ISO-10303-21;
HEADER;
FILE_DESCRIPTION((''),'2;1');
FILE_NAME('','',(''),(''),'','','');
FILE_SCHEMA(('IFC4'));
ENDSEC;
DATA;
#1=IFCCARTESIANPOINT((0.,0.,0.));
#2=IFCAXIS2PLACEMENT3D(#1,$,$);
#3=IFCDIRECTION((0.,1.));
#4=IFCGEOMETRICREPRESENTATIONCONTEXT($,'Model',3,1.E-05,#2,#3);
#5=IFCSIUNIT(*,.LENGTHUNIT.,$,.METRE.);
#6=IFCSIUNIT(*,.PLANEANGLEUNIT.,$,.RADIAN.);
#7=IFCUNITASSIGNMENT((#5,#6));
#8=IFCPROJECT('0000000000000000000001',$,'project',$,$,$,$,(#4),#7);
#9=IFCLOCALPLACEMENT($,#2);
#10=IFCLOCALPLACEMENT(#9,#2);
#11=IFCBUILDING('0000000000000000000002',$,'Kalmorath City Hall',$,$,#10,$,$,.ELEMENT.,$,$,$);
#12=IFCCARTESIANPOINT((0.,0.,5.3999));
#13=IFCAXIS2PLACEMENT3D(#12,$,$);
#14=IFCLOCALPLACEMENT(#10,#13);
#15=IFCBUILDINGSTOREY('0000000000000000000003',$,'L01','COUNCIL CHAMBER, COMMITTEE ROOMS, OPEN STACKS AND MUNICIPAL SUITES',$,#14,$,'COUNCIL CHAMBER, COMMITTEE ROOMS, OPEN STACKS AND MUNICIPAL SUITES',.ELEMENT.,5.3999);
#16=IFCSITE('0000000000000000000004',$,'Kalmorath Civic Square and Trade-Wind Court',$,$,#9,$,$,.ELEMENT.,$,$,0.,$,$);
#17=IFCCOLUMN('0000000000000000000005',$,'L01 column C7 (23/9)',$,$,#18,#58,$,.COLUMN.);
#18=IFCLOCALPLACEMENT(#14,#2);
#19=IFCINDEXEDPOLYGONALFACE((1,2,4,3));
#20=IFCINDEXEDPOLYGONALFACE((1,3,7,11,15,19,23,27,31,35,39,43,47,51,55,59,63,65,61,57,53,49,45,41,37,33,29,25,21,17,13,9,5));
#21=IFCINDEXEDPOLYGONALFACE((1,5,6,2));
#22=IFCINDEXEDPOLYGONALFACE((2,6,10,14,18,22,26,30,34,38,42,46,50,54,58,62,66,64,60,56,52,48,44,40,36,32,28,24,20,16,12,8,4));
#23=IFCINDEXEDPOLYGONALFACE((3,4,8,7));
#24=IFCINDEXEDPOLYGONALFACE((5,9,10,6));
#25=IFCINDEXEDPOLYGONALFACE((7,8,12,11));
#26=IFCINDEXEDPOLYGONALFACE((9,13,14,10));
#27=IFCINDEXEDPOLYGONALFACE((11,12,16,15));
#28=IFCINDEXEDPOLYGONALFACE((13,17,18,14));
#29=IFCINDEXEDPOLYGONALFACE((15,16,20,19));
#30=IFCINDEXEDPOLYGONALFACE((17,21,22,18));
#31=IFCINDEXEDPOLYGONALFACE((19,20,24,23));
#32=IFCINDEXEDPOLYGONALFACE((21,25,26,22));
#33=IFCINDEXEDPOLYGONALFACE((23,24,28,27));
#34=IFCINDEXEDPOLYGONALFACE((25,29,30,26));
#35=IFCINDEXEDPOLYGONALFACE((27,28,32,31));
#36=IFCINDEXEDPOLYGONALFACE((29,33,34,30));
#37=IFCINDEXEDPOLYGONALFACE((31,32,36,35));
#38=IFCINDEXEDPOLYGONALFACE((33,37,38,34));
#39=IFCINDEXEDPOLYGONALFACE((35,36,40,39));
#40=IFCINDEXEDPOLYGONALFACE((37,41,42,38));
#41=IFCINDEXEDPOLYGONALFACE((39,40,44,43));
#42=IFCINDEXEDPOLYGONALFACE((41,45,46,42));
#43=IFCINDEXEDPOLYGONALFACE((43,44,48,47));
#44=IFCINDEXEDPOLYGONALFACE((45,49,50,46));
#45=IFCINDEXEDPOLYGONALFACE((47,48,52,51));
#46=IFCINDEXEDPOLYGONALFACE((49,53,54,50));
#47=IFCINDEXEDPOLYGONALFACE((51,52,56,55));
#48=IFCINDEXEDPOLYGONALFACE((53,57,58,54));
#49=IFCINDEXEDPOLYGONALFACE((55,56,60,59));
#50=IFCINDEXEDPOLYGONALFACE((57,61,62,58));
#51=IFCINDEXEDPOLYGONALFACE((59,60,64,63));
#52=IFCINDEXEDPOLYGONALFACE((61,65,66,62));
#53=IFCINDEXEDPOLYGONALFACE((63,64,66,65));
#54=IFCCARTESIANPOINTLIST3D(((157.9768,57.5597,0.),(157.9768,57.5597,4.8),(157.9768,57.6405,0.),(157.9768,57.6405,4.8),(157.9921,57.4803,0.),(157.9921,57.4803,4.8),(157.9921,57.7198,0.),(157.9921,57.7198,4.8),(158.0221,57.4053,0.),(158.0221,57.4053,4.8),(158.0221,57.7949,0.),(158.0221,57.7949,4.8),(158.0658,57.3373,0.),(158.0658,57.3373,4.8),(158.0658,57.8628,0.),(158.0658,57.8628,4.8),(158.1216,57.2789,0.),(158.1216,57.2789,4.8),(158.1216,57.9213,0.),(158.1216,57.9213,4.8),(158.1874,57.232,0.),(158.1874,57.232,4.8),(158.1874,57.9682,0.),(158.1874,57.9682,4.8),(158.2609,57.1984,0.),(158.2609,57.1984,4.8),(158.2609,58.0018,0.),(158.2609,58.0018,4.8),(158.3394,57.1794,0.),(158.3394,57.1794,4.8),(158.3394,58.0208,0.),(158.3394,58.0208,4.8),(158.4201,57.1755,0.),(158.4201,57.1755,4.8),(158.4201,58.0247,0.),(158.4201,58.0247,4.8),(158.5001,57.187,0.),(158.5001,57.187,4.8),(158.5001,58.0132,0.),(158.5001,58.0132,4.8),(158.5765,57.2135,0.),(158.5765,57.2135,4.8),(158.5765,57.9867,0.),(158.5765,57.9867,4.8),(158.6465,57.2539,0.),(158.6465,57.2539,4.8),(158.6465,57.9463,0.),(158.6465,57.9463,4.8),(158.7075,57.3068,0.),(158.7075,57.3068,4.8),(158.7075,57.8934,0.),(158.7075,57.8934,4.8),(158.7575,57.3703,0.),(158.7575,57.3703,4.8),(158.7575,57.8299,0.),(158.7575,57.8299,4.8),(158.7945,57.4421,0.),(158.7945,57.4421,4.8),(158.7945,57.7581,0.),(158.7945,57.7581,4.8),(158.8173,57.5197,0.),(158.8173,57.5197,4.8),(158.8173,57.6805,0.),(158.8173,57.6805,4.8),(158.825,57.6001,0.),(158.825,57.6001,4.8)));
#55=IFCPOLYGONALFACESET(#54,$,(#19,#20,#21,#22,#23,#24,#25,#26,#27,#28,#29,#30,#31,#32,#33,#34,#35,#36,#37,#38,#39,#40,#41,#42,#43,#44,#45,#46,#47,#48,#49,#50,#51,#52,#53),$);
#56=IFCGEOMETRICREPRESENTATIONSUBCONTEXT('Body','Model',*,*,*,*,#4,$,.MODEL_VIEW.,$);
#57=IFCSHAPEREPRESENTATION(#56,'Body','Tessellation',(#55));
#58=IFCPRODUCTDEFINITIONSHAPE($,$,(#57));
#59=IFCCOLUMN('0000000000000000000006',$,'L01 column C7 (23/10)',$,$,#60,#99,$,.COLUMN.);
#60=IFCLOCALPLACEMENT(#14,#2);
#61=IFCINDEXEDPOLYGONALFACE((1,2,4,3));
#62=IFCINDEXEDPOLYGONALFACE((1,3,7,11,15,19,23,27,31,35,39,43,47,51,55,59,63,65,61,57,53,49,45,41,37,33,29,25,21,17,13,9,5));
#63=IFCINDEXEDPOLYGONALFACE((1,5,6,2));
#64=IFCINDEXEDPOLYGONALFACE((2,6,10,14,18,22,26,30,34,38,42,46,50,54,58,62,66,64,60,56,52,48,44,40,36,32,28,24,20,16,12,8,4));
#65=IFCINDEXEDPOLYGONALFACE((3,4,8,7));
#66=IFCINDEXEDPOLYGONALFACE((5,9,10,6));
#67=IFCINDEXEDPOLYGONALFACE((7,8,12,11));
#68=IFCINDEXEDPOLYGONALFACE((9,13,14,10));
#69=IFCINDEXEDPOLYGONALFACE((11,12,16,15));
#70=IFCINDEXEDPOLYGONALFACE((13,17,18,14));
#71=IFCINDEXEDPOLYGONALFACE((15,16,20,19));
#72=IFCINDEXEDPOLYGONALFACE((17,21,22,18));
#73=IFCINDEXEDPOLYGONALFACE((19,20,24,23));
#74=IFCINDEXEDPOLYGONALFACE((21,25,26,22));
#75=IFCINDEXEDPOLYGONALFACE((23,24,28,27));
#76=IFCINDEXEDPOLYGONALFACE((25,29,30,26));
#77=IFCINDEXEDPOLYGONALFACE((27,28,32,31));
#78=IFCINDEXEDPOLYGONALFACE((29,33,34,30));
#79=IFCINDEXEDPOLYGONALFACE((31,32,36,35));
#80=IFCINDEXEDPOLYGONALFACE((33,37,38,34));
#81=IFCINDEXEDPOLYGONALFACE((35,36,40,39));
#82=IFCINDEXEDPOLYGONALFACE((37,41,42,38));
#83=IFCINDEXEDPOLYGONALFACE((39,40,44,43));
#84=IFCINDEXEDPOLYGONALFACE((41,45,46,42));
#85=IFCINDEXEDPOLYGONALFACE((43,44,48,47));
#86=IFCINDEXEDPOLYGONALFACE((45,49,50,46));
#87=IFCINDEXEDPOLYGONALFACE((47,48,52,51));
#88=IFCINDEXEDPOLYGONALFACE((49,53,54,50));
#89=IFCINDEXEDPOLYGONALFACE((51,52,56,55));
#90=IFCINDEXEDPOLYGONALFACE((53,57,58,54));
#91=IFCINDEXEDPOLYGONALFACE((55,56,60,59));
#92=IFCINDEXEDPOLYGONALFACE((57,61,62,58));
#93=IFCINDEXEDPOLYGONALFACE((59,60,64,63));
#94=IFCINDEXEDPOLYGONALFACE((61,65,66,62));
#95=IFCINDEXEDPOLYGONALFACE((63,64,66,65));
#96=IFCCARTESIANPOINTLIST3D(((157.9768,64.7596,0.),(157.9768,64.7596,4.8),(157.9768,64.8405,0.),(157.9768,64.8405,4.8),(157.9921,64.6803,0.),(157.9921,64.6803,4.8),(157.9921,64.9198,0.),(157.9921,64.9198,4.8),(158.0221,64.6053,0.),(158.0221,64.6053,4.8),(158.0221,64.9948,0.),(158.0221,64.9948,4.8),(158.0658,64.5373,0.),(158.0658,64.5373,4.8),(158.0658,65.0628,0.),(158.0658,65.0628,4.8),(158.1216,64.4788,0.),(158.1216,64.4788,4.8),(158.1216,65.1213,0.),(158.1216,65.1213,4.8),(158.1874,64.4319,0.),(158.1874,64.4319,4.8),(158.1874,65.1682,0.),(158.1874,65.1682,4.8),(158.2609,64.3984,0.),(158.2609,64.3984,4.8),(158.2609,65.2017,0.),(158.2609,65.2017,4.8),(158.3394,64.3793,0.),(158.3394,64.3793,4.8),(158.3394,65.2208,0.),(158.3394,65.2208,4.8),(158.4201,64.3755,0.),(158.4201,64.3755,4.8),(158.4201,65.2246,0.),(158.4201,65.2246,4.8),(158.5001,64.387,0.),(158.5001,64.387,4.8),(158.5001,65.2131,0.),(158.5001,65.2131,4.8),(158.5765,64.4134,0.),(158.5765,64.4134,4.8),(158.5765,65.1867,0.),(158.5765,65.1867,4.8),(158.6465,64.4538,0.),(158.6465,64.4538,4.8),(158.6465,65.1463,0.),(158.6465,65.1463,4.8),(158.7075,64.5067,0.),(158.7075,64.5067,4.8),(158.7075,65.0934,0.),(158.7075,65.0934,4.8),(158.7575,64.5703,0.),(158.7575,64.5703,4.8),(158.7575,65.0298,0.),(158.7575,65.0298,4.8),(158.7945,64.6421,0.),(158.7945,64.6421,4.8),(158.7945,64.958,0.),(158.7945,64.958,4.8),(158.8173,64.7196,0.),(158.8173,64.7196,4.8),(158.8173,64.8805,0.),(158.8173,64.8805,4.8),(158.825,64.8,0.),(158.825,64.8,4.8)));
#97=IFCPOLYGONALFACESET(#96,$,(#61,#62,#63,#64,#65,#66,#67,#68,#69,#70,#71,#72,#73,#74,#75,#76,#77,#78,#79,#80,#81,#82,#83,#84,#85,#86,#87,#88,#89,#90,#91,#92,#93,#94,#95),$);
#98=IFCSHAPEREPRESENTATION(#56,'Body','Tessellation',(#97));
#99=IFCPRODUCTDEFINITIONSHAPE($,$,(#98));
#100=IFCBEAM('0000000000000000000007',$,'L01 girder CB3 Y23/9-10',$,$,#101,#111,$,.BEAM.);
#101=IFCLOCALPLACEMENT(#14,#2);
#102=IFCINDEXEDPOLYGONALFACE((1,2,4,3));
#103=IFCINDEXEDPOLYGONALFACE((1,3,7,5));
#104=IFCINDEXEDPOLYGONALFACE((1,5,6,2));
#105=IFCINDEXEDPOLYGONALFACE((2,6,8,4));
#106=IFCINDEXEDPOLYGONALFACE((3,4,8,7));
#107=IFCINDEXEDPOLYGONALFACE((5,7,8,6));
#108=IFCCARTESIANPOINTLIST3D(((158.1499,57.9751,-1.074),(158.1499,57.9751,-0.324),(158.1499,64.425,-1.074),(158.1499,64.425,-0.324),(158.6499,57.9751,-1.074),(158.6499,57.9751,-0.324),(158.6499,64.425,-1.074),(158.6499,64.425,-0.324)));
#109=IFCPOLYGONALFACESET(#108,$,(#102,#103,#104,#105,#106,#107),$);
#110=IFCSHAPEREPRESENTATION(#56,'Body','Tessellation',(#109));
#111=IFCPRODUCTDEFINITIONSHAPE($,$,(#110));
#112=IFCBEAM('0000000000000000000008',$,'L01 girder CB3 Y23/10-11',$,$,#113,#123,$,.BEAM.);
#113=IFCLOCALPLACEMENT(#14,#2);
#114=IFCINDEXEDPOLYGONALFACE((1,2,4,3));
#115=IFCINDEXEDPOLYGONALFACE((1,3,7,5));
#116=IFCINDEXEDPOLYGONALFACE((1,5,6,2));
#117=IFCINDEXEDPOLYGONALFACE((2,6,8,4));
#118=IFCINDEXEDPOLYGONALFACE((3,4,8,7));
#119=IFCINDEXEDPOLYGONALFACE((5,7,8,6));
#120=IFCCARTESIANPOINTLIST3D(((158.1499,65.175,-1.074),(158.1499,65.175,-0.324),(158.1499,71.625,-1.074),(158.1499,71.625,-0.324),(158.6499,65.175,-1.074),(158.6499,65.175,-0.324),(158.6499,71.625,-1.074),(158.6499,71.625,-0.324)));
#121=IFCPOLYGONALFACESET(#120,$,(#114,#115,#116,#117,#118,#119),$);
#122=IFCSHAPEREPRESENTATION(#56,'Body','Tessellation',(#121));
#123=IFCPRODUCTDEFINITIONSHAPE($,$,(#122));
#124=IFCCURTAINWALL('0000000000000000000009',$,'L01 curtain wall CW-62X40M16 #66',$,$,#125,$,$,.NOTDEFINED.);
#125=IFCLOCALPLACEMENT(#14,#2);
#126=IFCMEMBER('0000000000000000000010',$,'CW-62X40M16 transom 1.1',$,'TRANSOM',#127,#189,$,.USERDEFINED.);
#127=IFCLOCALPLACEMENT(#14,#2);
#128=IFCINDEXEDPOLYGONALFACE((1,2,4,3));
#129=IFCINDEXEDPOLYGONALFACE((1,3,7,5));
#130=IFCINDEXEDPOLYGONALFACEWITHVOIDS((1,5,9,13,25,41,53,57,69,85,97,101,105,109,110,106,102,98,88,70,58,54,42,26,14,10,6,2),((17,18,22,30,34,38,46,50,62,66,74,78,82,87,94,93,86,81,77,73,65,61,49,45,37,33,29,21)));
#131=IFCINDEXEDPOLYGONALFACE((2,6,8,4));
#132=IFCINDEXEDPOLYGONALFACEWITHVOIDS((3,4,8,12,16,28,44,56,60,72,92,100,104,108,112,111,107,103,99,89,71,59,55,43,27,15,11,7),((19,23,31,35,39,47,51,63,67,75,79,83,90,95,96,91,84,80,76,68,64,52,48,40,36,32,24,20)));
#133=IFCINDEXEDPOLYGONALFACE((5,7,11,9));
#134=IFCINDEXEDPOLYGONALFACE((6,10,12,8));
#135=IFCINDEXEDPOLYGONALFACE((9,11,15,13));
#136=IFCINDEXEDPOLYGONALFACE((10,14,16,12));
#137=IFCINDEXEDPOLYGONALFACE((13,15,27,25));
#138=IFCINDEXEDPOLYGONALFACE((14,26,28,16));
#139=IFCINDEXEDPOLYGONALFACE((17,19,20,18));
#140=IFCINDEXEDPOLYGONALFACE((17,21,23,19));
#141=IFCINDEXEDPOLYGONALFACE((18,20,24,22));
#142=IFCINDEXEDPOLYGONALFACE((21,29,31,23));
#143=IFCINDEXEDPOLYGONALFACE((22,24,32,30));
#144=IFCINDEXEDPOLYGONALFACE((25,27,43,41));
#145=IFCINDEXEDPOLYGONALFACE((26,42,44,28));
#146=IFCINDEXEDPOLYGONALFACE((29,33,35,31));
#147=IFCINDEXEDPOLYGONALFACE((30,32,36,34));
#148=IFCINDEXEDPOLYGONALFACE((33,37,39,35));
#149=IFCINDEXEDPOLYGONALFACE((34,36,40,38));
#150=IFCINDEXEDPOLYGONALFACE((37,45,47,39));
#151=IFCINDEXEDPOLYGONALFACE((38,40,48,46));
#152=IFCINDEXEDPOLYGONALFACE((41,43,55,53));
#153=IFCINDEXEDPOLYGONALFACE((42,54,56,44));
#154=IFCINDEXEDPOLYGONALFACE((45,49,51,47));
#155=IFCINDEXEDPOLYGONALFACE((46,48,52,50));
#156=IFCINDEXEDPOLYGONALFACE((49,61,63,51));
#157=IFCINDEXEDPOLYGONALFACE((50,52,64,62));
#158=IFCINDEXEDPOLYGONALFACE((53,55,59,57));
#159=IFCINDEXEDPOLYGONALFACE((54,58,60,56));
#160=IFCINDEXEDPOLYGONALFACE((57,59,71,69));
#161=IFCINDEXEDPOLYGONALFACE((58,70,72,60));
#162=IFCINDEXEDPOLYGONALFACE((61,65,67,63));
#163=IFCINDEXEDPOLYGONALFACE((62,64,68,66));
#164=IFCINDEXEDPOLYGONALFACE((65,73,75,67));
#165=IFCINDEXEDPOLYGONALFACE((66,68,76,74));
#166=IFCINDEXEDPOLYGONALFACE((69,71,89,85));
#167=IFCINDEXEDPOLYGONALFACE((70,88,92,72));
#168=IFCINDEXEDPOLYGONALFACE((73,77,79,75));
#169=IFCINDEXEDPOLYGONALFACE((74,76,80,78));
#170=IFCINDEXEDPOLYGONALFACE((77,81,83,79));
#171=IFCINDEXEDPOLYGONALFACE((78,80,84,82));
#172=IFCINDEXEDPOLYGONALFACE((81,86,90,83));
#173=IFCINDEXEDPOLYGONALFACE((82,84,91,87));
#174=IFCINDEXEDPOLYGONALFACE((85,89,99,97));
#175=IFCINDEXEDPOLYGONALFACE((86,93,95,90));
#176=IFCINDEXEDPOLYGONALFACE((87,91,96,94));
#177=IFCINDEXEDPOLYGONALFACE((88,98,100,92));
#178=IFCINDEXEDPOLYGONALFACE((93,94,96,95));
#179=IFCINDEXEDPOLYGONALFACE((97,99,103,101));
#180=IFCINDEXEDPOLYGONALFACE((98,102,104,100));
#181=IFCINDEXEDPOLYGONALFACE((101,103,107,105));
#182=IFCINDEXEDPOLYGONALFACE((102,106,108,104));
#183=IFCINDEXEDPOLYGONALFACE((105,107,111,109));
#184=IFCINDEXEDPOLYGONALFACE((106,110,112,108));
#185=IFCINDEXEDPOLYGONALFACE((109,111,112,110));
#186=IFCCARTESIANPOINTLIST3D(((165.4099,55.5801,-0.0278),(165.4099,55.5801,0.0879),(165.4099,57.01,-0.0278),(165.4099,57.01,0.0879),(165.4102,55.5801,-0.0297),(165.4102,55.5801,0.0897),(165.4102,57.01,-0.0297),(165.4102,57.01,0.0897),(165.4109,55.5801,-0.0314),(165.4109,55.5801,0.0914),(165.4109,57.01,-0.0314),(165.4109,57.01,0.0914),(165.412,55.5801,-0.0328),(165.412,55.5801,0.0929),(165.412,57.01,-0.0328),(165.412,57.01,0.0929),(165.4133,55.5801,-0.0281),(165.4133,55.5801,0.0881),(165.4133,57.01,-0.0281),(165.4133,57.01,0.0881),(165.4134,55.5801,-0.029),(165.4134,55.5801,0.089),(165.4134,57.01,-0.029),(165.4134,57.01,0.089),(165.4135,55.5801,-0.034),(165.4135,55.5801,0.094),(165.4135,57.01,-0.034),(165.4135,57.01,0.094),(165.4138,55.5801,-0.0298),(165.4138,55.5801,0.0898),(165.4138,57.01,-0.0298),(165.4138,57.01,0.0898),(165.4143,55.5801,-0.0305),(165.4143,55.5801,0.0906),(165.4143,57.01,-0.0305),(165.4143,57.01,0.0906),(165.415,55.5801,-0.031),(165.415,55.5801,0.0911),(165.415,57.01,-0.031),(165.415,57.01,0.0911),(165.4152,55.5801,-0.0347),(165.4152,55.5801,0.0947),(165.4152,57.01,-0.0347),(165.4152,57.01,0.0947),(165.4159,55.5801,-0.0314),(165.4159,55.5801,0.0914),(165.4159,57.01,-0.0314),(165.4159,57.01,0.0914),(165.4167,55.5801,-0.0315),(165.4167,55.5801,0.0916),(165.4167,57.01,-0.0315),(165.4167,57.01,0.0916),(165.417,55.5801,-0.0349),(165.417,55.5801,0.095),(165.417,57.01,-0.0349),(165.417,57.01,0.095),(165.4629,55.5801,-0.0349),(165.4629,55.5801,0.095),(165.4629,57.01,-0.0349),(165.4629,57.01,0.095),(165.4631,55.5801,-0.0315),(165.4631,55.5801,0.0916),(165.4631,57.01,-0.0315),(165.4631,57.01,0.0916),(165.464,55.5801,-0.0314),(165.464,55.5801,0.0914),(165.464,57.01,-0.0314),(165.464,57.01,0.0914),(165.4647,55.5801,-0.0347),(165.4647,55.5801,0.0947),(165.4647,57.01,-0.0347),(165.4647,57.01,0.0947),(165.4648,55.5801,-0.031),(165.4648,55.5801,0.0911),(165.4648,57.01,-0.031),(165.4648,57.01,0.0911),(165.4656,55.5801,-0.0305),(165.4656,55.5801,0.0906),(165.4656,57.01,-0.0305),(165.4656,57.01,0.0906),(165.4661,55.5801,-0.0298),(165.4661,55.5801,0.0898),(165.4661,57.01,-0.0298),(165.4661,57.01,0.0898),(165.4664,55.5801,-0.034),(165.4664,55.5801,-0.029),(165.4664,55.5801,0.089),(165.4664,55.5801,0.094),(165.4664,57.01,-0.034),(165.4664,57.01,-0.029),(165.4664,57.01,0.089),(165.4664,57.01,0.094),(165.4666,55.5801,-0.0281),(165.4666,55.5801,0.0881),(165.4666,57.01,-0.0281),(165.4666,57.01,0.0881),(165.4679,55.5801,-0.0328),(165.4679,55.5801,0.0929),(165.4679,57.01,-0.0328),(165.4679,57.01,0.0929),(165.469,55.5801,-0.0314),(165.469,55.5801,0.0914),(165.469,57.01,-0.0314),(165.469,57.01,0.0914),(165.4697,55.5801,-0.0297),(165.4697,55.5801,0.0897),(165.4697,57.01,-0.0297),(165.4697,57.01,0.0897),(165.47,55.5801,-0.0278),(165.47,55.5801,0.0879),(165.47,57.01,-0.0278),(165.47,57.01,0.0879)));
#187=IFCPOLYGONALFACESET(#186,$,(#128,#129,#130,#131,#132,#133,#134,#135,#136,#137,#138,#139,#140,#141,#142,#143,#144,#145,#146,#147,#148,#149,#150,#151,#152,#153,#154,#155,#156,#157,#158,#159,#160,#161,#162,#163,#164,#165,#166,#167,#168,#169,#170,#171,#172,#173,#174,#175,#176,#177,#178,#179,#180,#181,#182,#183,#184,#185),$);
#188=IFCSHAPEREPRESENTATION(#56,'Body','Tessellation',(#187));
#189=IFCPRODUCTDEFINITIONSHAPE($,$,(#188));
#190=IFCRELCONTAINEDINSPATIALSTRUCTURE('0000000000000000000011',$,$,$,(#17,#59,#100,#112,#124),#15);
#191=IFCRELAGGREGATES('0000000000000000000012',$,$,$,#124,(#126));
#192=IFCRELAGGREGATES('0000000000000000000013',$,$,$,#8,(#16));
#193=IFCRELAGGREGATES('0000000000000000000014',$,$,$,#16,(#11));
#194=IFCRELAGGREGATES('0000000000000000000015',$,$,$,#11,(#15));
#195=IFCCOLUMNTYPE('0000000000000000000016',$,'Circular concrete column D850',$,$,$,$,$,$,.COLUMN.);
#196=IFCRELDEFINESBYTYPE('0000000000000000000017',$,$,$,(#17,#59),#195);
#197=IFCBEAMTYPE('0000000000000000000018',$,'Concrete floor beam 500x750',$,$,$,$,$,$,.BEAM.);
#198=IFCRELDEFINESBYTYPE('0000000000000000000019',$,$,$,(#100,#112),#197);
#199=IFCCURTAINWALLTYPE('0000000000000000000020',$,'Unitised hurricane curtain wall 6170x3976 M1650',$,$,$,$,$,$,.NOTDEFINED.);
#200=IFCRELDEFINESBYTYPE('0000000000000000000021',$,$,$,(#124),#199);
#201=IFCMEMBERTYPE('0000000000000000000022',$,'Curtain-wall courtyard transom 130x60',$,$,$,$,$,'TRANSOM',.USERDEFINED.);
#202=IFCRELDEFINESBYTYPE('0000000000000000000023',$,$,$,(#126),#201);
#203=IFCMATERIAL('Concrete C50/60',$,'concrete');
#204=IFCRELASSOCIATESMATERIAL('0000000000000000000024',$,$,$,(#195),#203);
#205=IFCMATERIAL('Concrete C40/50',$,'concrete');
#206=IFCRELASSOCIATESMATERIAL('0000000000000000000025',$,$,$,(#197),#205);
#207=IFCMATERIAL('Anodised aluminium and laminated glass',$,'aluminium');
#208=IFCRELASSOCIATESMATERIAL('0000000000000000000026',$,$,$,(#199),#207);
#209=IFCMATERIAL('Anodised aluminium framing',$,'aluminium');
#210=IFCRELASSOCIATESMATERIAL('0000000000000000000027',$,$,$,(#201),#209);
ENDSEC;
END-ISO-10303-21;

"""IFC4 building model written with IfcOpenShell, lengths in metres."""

from ifc_helpers import new_model, si_unit, direction, frame, origin, origin_2d, place, context, subcontext, project, spatial, rectangle, hollow_rectangle, circle, extrude, material, material_profile, profile_set, type_object, element, aggregate, save


model = new_model("IFC4")

# Units and contexts
model_context = context("Model", 3, precision=1e-05, world=origin(), true_north=direction((0.0, 1.0)))
body_context = subcontext(model_context, "Body", "Model", "MODEL_VIEW")
ifc_project = project(units=[si_unit("LENGTHUNIT", "METRE"), si_unit("PLANEANGLEUNIT", "RADIAN")], contexts=[model_context])

# Site, building, storey
site_placement = place(None, origin())
site = spatial("IfcSite", under=ifc_project, at=site_placement, Name="Kalmorath Civic Square and Trade-Wind Court", CompositionType="ELEMENT", RefElevation=0.0)
building_placement = place(site_placement, origin())
building = spatial("IfcBuilding", under=site, at=building_placement, Name="Kalmorath City Hall", CompositionType="ELEMENT")
storey_placement = place(building_placement, frame((0.0, 0.0, 5.3999)))
storey = spatial("IfcBuildingStorey", under=building, at=storey_placement, Name="L01", Description="COUNCIL CHAMBER, COMMITTEE ROOMS, OPEN STACKS AND MUNICIPAL SUITES", LongName="COUNCIL CHAMBER, COMMITTEE ROOMS, OPEN STACKS AND MUNICIPAL SUITES", CompositionType="ELEMENT", Elevation=5.3999)

# Columns
ifc_material_1 = material(Name="Concrete C50/60", Category="concrete")
ifc_material_profile_1 = material_profile(ifc_material_1, circle(Radius=0.425, at=origin_2d()), Name="RC-COL-D850")
ifc_profile_set_1 = profile_set([ifc_material_profile_1], Name="Concrete C50/60")
column_type = type_object("IfcColumnType", Name="Circular concrete column D850", PredefinedType="COLUMN", material=ifc_profile_set_1)
for number, where, z_axis, x_axis, name in (
    (1, (158.3999, 57.6001, 0.0), (0.0, 0.0, 1.0), (1.0, 0.0, 0.0), "L01 column C7 (23/9)"),
    (2, (158.3999, 64.8, 0.0), (0.0, 0.0, 1.0), (1.0, 0.0, 0.0), "L01 column C7 (23/10)"),
):
    element("IfcColumn", number, at=place(storey_placement, frame(where, z_axis=z_axis, x_axis=x_axis)), inside=storey, type_object=column_type, Name=name, PredefinedType="COLUMN", context=body_context, shape_type="SweptSolid", body=[
        extrude(circle(Radius=0.425, at=origin_2d()), origin(), (0.0, 0.0, 1.0), 4.8),
    ])

# Beams
ifc_material_2 = material(Name="Concrete C40/50", Category="concrete")
ifc_material_profile_2 = material_profile(ifc_material_2, rectangle(XDim=0.5, YDim=0.75, at=origin_2d()), Name="RC-BM-500X750")
ifc_profile_set_2 = profile_set([ifc_material_profile_2], Name="Concrete C40/50")
beam_type_1 = type_object("IfcBeamType", Name="Concrete floor beam 500x750", PredefinedType="BEAM", material=ifc_profile_set_2)
for number, where, z_axis, x_axis, name in (
    (3, (158.3999, 57.9751, -0.699), (0.0, 1.0, 0.0), (-1.0, 0.0, 0.0), "L01 girder CB3 Y23/9-10"),
    (4, (158.3999, 65.175, -0.699), (0.0, 1.0, 0.0), (-1.0, 0.0, 0.0), "L01 girder CB3 Y23/10-11"),
):
    element("IfcBeam", number, at=place(storey_placement, frame(where, z_axis=z_axis, x_axis=x_axis)), inside=storey, type_object=beam_type_1, Name=name, PredefinedType="BEAM", context=body_context, shape_type="SweptSolid", body=[
        extrude(rectangle(XDim=0.5, YDim=0.75, at=origin_2d()), origin(), (0.0, 0.0, 1.0), 6.45),
    ])

# Curtain wall, member
ifc_material_3 = material(Name="Anodised aluminium and laminated glass", Category="aluminium")
curtain_wall_type = type_object("IfcCurtainWallType", Name="Unitised hurricane curtain wall 6170x3976 M1650", PredefinedType="NOTDEFINED", material=ifc_material_3)
curtain_wall_1_placement = place(storey_placement, origin())
curtain_wall_1 = element("IfcCurtainWall", 5, at=curtain_wall_1_placement, inside=storey, type_object=curtain_wall_type, Name="L01 curtain wall CW-62X40M16 #66", PredefinedType="NOTDEFINED")
ifc_material_4 = material(Name="Anodised aluminium framing", Category="aluminium")
ifc_material_profile_3 = material_profile(ifc_material_4, hollow_rectangle(XDim=0.0601, YDim=0.1299, WallThickness=0.0034, InnerFilletRadius=0.0034, OuterFilletRadius=0.0071, at=origin_2d()), Name="ALU-TRN-130X60X3.5")
ifc_profile_set_3 = profile_set([ifc_material_profile_3], Name="Anodised aluminium framing")
member_type_1 = type_object("IfcMemberType", Name="Curtain-wall courtyard transom 130x60", ElementType="TRANSOM", PredefinedType="USERDEFINED", material=ifc_profile_set_3)
member_1_placement = place(storey_placement, frame((165.4399, 57.01, 0.03), z_axis=(0.0, -1.0, 0.0), x_axis=(1.0, 0.0, 0.0)))
member_1 = element("IfcMember", 6, at=member_1_placement, type_object=member_type_1, Name="CW-62X40M16 transom 1.1", ObjectType="TRANSOM", PredefinedType="USERDEFINED", context=body_context, shape_type="SweptSolid", body=[
    extrude(hollow_rectangle(XDim=0.0601, YDim=0.1299, WallThickness=0.0034, InnerFilletRadius=0.0034, OuterFilletRadius=0.0071, at=origin_2d()), origin(), (0.0, 0.0, 1.0), 1.4299),
])

aggregate(curtain_wall_1, [member_1])

save(model, "model.ifc")
